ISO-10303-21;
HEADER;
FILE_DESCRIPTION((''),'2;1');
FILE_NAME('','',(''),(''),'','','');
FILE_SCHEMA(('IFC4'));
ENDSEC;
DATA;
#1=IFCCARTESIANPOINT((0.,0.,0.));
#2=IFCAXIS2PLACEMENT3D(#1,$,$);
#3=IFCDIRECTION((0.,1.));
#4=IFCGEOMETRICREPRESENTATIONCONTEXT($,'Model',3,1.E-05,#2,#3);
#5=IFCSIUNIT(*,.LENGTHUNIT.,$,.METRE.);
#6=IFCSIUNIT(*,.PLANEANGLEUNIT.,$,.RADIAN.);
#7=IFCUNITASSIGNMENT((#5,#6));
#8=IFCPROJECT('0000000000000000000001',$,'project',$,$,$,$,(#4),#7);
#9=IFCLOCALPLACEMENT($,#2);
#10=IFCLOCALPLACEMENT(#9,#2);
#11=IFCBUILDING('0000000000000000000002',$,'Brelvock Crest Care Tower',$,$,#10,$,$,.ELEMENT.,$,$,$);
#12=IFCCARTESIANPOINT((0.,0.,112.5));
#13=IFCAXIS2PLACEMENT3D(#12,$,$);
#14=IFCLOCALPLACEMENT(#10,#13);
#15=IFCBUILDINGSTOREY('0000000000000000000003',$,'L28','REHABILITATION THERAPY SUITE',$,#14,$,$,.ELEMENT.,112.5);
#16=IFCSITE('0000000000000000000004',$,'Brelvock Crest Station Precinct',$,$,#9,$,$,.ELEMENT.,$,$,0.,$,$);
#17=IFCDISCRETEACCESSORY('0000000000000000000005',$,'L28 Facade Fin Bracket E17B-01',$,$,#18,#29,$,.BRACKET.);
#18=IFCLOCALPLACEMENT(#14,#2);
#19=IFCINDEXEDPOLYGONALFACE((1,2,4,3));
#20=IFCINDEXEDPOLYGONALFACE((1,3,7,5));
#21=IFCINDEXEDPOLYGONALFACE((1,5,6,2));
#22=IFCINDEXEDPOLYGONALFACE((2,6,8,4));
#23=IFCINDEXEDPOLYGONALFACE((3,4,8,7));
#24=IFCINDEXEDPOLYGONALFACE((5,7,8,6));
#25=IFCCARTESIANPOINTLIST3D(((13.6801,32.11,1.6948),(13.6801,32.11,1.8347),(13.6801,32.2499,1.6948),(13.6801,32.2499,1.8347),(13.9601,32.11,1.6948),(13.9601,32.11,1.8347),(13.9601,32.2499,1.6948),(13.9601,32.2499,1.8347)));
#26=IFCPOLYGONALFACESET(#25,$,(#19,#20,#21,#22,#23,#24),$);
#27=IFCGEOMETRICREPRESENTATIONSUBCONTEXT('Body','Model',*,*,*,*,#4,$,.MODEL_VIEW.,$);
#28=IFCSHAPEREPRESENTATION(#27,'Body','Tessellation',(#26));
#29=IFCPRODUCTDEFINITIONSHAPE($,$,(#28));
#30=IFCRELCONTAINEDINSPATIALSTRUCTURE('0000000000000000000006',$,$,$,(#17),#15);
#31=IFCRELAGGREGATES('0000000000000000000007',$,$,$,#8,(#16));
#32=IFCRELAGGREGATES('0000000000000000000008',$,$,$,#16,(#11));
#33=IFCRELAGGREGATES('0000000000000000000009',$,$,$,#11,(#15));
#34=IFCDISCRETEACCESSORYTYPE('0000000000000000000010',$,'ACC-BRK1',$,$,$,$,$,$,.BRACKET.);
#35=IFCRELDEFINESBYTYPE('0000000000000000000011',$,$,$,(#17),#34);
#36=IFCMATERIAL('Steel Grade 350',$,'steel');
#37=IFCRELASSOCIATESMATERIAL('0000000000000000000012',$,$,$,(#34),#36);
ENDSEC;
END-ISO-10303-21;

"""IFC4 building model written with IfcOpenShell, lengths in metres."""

from ifc_helpers import new_model, si_unit, direction, frame, origin, origin_2d, place, context, subcontext, project, spatial, rectangle, extrude, source, transform, mapped, material, type_object, element, save


model = new_model("IFC4")

# Units and contexts
model_context = context("Model", 3, precision=1e-05, world=origin(), true_north=direction((0.0, 1.0)))
body_context = subcontext(model_context, "Body", "Model", "MODEL_VIEW")
ifc_project = project(units=[si_unit("LENGTHUNIT", "METRE"), si_unit("PLANEANGLEUNIT", "RADIAN")], contexts=[model_context])

# Site, building, storey
site_placement = place(None, origin())
site = spatial("IfcSite", under=ifc_project, at=site_placement, Name="Brelvock Crest Station Precinct", CompositionType="ELEMENT", RefElevation=0.0)
building_placement = place(site_placement, origin())
building = spatial("IfcBuilding", under=site, at=building_placement, Name="Brelvock Crest Care Tower", CompositionType="ELEMENT")
storey_placement = place(building_placement, frame((0.0, 0.0, 112.5)))
storey = spatial("IfcBuildingStorey", under=building, at=storey_placement, Name="L28", Description="REHABILITATION THERAPY SUITE", CompositionType="ELEMENT", Elevation=112.5)

# Shared definitions
ifc_material_1 = material(Name="Steel Grade 350", Category="steel")

# Discrete accessory
discrete_accessory_type = type_object("IfcDiscreteAccessoryType", Name="ACC-BRK1", PredefinedType="BRACKET", material=ifc_material_1)
shared_shape_1 = source(origin(), body_context, "Body", "SweptSolid", [
    extrude(rectangle(XDim=0.28, YDim=0.1399, at=origin_2d()), origin(), (0.0, 0.0, 1.0), 0.1399),
])
discrete_accessory_placement = place(storey_placement, frame((13.8201, 32.1799, 1.6948), z_axis=(0.0, 0.0, 1.0), x_axis=(-1.0, 0.0, 0.0)))
element("IfcDiscreteAccessory", 1, at=discrete_accessory_placement, inside=storey, type_object=discrete_accessory_type, Name="L28 Facade Fin Bracket E17B-01", PredefinedType="BRACKET", context=body_context, shape_type="MappedRepresentation", body=[
    mapped(shared_shape_1, transform((0.0, 0.0, 0.0), x_axis=(1.0, 0.0, 0.0), y_axis=(0.0, 1.0, 0.0), z_axis=(0.0, 0.0, 1.0), scale=1.0)),
])

save(model, "model.ifc")
